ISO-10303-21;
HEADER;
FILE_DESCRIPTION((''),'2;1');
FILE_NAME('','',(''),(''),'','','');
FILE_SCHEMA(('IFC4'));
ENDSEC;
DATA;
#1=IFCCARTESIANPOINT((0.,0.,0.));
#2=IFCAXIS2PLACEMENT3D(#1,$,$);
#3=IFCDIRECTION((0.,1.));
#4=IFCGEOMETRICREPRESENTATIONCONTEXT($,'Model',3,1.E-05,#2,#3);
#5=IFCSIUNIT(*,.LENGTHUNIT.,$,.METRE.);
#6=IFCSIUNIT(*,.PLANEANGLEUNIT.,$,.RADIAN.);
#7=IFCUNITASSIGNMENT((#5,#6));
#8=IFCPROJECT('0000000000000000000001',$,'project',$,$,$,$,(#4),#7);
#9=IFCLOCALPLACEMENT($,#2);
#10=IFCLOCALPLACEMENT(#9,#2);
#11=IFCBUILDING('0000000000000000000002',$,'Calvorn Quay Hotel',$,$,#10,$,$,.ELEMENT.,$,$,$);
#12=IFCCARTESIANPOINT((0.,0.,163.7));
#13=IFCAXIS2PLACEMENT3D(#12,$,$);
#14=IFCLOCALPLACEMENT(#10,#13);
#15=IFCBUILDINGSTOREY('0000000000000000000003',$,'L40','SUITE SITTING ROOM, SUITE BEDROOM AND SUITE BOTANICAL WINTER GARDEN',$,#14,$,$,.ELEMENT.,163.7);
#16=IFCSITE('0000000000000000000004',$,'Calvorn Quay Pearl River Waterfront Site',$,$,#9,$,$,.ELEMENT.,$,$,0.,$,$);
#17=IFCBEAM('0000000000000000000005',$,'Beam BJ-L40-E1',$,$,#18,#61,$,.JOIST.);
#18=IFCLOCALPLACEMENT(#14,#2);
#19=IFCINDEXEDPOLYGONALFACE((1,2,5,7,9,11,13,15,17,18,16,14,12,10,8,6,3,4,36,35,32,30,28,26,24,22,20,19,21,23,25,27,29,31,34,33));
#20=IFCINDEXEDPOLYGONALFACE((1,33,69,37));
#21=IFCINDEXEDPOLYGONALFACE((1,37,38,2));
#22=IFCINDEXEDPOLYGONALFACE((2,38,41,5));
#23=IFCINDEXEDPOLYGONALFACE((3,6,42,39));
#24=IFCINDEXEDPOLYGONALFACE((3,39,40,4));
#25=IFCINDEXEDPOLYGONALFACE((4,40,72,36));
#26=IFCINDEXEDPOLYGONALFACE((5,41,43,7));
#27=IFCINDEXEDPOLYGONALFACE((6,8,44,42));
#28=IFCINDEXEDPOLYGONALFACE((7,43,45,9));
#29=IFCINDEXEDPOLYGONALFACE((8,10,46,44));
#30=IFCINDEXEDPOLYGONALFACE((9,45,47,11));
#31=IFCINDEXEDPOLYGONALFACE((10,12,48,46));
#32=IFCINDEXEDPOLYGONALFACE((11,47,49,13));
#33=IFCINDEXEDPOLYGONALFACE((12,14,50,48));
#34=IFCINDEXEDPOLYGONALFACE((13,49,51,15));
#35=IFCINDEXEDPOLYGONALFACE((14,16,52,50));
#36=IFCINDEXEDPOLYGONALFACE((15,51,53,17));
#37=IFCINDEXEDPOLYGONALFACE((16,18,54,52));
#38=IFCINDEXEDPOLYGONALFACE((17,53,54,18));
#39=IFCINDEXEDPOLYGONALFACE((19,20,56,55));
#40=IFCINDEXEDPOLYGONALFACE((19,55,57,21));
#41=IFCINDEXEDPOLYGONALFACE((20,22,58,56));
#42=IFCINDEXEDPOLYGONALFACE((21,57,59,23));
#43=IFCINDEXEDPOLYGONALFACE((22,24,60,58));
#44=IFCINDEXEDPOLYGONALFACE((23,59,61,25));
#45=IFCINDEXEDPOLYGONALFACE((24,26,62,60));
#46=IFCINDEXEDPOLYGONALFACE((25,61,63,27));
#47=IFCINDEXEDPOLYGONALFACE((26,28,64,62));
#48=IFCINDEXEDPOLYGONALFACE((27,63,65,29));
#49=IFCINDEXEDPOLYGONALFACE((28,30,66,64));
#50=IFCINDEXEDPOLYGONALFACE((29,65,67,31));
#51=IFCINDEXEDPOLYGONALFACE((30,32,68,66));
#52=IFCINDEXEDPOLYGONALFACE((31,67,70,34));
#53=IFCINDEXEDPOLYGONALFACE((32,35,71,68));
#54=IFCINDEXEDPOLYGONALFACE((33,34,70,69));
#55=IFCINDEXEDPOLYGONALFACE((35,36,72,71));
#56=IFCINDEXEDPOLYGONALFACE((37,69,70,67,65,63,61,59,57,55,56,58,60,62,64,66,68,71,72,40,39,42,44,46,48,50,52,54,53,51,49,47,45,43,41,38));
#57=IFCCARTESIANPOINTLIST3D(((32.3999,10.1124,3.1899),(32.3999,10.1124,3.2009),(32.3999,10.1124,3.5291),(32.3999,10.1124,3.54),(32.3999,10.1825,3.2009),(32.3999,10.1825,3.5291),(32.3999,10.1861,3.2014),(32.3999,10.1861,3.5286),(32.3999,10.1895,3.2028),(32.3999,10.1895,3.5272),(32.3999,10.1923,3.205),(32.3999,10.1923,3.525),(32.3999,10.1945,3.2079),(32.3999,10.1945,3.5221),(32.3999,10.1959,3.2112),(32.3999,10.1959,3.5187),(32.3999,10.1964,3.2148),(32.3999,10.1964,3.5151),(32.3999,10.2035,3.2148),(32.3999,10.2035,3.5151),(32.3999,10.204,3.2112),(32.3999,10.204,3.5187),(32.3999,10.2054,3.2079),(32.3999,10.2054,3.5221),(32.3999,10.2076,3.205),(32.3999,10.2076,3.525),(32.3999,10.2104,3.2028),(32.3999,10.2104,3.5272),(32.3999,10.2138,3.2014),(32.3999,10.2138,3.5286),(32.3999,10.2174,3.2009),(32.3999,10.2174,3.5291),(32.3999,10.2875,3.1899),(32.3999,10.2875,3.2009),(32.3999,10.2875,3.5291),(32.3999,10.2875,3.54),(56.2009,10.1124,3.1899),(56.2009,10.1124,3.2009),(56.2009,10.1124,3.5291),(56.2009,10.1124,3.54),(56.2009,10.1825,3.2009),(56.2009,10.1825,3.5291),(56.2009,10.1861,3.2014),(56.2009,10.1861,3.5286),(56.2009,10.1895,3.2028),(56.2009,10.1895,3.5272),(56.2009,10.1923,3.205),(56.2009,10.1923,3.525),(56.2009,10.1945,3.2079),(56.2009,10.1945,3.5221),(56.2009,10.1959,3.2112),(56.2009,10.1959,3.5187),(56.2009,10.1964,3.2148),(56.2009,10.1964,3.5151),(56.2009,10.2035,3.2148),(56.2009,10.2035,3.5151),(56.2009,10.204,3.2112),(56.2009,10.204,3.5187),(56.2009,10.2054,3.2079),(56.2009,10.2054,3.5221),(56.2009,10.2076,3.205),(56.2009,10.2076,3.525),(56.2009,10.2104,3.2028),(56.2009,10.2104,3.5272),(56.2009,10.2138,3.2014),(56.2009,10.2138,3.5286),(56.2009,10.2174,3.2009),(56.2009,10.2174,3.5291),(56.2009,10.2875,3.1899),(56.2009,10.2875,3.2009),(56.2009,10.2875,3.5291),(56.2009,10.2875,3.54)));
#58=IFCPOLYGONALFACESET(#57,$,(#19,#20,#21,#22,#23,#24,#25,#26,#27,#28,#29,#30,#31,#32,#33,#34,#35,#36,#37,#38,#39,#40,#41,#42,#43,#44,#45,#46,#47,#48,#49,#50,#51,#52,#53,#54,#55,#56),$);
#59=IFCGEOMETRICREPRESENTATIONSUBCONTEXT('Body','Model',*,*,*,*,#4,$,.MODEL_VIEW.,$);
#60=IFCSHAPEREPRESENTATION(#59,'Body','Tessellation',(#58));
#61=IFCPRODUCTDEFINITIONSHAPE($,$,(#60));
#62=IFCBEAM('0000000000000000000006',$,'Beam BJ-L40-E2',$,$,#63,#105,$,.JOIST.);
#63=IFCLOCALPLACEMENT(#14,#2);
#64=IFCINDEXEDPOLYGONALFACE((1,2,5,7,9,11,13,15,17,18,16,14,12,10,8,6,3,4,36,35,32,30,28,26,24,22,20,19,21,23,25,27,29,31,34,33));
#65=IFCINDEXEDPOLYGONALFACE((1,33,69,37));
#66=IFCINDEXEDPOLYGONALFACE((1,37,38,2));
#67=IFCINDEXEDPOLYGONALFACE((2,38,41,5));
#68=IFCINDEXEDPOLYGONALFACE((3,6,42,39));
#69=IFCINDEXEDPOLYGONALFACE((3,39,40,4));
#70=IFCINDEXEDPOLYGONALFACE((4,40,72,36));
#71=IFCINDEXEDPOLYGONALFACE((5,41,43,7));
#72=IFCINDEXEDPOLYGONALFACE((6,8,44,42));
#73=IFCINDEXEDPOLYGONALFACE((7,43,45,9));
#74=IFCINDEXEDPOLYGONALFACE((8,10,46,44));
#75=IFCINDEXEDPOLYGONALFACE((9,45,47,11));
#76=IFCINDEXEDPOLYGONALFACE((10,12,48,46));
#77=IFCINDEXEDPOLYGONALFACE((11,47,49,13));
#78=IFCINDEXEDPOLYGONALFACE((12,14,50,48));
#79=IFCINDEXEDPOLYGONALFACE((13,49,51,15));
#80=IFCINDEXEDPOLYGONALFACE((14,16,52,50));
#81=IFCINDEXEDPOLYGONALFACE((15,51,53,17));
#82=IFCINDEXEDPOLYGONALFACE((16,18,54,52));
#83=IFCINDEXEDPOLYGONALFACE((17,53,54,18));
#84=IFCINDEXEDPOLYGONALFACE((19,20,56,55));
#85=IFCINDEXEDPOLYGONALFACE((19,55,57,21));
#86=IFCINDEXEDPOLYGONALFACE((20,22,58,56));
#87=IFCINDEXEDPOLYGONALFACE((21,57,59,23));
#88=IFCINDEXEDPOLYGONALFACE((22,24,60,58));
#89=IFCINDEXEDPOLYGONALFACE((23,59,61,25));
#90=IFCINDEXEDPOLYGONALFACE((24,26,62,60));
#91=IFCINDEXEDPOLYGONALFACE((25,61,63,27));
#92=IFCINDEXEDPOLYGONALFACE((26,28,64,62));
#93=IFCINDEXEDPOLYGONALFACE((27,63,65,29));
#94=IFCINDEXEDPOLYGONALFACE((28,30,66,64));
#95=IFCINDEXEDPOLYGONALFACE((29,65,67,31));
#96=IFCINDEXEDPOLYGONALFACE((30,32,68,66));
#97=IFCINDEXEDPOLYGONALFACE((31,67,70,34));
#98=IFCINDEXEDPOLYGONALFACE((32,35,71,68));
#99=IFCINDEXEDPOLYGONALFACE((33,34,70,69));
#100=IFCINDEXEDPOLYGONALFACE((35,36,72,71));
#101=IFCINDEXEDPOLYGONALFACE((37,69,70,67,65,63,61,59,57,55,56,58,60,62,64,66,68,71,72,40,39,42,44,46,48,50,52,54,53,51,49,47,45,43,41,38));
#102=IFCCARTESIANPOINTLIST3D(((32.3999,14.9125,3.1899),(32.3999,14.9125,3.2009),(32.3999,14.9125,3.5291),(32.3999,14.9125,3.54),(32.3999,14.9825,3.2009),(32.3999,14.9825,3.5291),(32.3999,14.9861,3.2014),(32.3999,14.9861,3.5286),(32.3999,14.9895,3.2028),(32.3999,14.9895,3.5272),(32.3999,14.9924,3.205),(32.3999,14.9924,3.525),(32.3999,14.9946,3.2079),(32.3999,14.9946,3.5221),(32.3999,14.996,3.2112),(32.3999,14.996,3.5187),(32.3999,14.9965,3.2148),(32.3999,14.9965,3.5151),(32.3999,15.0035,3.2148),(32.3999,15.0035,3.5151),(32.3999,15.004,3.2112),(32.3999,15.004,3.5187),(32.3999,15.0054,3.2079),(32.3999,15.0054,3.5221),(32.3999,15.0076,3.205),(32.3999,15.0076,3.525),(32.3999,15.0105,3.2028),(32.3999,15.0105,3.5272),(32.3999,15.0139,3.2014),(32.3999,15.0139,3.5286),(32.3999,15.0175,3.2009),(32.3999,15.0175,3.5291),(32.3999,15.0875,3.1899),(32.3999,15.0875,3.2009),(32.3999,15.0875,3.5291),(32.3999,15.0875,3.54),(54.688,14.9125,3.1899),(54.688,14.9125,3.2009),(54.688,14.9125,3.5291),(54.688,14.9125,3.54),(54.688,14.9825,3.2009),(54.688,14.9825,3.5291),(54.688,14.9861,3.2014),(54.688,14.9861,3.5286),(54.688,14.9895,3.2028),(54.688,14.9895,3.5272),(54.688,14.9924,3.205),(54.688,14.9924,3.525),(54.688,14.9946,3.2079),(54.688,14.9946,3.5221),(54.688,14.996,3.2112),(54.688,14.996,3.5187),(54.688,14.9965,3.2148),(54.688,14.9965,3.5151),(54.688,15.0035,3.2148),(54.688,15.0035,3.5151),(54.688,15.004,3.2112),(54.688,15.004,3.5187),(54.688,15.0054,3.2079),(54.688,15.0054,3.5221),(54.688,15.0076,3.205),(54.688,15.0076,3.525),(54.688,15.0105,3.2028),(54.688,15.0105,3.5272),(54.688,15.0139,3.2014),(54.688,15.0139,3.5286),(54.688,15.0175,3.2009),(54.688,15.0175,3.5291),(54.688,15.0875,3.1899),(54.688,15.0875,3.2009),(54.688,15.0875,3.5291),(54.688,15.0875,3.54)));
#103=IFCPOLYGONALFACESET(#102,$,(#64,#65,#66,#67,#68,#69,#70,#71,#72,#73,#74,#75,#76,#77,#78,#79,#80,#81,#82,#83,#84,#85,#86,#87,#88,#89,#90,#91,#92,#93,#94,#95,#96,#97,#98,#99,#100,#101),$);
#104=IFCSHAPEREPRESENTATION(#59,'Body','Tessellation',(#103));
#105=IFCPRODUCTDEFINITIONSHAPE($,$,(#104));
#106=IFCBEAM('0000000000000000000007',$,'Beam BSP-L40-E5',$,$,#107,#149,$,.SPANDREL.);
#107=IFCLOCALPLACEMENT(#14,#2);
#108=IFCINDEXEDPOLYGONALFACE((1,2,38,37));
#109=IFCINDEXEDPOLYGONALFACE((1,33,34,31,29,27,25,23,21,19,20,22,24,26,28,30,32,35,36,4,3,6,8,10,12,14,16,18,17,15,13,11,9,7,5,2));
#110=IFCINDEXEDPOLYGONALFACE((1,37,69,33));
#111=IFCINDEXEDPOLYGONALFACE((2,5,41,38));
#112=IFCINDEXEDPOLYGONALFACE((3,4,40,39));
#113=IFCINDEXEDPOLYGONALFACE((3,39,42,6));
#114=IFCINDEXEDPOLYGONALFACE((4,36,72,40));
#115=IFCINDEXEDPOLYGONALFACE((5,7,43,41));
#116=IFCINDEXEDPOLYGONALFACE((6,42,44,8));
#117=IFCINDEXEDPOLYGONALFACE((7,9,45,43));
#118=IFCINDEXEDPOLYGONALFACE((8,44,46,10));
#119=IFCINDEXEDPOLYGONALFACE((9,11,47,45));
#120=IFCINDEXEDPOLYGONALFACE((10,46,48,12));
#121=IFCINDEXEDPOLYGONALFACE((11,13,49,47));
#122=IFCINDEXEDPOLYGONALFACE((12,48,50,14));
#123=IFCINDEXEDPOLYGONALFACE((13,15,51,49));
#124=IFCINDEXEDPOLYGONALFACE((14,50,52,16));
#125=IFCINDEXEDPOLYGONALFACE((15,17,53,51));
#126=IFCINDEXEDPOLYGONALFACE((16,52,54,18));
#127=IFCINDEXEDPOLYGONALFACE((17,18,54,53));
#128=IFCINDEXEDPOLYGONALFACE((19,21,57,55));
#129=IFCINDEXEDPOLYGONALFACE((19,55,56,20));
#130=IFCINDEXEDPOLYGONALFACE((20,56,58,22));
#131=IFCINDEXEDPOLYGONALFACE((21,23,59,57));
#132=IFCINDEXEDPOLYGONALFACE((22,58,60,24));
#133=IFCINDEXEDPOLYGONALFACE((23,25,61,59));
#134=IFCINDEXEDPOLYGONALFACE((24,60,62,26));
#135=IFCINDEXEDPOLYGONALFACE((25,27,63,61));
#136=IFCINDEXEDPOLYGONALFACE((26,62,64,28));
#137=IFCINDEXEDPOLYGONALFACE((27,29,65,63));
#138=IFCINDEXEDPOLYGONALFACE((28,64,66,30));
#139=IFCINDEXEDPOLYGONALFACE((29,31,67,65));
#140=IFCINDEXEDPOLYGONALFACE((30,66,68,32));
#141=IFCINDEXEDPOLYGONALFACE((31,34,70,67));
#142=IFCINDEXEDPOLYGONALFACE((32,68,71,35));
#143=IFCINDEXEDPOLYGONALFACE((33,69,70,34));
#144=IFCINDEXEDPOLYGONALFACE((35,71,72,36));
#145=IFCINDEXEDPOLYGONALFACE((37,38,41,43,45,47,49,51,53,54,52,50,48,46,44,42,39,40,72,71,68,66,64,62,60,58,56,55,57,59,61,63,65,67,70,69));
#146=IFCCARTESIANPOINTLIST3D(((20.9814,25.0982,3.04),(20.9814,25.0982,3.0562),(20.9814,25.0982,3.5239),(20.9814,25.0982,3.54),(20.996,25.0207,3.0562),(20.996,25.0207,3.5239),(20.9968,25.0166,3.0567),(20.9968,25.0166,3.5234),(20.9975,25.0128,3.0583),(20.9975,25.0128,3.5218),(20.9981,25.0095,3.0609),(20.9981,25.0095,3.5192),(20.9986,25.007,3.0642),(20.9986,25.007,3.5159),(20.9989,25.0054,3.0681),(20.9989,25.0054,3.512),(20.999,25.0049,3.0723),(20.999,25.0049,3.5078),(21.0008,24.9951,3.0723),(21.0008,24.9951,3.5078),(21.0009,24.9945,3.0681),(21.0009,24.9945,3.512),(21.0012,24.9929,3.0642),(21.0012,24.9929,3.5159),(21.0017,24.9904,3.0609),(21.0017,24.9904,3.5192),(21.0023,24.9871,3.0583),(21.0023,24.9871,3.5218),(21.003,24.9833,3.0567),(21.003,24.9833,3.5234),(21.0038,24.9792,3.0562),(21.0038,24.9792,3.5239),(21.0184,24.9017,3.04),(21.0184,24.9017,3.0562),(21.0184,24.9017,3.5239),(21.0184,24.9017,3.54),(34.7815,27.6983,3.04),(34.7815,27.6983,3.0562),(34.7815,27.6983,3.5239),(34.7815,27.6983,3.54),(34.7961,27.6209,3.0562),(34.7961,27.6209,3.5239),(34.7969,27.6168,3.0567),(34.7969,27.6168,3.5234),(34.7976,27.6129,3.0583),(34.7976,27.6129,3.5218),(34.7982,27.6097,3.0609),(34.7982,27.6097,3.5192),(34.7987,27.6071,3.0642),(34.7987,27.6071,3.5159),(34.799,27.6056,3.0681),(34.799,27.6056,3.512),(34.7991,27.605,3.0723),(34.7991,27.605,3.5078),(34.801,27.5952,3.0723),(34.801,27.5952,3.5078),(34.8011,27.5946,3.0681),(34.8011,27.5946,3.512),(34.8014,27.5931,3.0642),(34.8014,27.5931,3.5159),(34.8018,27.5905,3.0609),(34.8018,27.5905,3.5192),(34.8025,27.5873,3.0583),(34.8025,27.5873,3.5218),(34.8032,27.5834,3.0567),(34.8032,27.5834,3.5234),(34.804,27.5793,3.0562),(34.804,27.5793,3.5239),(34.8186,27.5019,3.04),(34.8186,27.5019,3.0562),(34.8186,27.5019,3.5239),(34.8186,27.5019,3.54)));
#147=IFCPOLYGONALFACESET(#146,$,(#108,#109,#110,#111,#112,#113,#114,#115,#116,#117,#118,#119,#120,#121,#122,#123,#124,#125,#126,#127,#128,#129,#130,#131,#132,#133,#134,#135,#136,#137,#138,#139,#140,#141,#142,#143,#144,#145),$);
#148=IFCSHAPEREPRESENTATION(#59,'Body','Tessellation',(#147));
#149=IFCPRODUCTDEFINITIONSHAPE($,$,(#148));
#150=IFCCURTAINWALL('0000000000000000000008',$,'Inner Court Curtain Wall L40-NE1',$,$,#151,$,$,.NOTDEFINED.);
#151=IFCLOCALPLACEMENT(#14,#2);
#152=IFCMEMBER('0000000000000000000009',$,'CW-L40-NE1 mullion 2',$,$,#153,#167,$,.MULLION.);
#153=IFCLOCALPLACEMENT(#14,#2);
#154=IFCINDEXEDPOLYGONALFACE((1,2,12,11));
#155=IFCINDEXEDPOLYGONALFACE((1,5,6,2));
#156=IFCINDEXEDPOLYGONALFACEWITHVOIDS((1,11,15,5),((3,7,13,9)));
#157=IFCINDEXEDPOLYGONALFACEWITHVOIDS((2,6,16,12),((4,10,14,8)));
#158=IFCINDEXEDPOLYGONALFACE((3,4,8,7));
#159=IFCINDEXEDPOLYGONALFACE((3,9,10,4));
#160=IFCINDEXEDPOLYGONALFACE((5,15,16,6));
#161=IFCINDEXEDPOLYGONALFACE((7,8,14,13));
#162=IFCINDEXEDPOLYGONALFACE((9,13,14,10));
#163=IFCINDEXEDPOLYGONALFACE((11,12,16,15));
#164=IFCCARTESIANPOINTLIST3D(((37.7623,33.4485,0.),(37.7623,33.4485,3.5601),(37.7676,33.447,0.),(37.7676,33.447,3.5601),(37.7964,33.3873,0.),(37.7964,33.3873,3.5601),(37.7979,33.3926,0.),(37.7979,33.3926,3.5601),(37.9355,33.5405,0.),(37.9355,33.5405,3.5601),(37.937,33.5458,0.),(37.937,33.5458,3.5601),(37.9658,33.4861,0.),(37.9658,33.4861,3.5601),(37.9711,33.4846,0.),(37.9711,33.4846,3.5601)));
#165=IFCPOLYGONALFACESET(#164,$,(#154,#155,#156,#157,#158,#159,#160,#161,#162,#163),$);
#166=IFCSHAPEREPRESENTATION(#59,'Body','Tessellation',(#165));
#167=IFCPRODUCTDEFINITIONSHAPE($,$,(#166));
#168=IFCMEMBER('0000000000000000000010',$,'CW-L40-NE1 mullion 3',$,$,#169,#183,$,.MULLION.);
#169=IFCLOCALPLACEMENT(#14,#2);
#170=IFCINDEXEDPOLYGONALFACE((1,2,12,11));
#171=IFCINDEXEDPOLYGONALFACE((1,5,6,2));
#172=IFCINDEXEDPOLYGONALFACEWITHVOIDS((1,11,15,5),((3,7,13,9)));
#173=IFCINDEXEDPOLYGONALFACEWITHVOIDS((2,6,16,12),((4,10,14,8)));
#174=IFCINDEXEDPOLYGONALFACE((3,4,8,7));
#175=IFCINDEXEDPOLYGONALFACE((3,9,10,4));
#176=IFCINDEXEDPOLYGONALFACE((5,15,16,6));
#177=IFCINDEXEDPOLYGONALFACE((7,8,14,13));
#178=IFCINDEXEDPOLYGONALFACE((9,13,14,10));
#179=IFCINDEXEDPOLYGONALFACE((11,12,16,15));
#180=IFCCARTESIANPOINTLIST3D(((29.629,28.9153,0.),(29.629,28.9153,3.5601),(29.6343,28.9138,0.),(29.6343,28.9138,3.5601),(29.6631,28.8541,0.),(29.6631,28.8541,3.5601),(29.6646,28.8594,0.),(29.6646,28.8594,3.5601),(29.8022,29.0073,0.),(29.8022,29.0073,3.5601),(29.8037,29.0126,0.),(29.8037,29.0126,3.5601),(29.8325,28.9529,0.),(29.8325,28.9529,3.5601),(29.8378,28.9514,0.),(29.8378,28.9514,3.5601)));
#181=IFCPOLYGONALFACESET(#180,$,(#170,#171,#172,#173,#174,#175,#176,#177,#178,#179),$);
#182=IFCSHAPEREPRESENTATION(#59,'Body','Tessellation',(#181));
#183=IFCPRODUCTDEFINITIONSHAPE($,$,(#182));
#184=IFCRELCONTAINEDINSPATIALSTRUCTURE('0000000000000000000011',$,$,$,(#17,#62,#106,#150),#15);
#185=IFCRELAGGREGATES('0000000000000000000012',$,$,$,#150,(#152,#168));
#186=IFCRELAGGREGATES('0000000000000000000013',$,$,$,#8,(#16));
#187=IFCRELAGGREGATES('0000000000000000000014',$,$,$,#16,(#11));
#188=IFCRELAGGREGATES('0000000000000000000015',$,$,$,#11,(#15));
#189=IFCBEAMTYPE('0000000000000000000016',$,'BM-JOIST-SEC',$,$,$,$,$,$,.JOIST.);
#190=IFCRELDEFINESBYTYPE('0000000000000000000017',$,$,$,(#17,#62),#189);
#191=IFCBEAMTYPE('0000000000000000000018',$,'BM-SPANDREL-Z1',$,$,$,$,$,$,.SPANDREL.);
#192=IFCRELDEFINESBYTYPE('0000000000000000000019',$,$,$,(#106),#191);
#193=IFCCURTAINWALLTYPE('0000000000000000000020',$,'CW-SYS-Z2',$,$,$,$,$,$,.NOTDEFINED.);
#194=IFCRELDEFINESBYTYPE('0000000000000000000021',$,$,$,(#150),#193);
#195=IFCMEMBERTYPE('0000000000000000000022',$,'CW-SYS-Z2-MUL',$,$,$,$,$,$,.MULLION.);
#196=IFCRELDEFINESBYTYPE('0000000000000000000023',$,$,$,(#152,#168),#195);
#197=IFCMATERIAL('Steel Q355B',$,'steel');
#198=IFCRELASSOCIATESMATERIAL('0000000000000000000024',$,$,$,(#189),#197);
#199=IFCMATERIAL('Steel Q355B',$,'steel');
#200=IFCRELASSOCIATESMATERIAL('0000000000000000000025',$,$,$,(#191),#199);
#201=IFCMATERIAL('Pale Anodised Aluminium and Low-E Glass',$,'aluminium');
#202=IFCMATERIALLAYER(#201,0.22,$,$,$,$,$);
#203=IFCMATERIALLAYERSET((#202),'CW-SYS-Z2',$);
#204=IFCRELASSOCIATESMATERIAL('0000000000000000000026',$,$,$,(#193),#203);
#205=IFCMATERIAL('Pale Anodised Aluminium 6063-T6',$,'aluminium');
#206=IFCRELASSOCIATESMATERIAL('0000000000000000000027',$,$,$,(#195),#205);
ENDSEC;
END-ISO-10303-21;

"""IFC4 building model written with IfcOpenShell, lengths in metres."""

from ifc_helpers import new_model, si_unit, direction, frame, origin, origin_2d, place, context, subcontext, project, spatial, hollow_rectangle, i_section, extrude, material, layer, layer_set, material_profile, profile_set, type_object, element, aggregate, save


model = new_model("IFC4")

# Units and contexts
model_context = context("Model", 3, precision=1e-05, world=origin(), true_north=direction((0.0, 1.0)))
body_context = subcontext(model_context, "Body", "Model", "MODEL_VIEW")
ifc_project = project(units=[si_unit("LENGTHUNIT", "METRE"), si_unit("PLANEANGLEUNIT", "RADIAN")], contexts=[model_context])

# Site, building, storey
site_placement = place(None, origin())
site = spatial("IfcSite", under=ifc_project, at=site_placement, Name="Calvorn Quay Pearl River Waterfront Site", CompositionType="ELEMENT", RefElevation=0.0)
building_placement = place(site_placement, origin())
building = spatial("IfcBuilding", under=site, at=building_placement, Name="Calvorn Quay Hotel", CompositionType="ELEMENT")
storey_placement = place(building_placement, frame((0.0, 0.0, 163.7)))
storey = spatial("IfcBuildingStorey", under=building, at=storey_placement, Name="L40", Description="SUITE SITTING ROOM, SUITE BEDROOM AND SUITE BOTANICAL WINTER GARDEN", CompositionType="ELEMENT", Elevation=163.7)

# Beams
ifc_material_1 = material(Name="Steel Q355B", Category="steel")
ifc_material_profile_1 = material_profile(ifc_material_1, i_section(OverallWidth=0.175, OverallDepth=0.3501, WebThickness=0.0071, FlangeThickness=0.011, FilletRadius=0.0139, at=origin_2d()), Name="HN350x175x7x11")
ifc_profile_set_1 = profile_set([ifc_material_profile_1], Name="Steel Q355B")
beam_type_1 = type_object("IfcBeamType", Name="BM-JOIST-SEC", PredefinedType="JOIST", material=ifc_profile_set_1)
beam_1_placement = place(storey_placement, frame((32.3999, 10.2, 3.365), z_axis=(1.0, 0.0, 0.0), x_axis=(0.0, 1.0, 0.0)))
element("IfcBeam", 1, at=beam_1_placement, inside=storey, type_object=beam_type_1, Name="Beam BJ-L40-E1", PredefinedType="JOIST", context=body_context, shape_type="SweptSolid", body=[
    extrude(i_section(OverallWidth=0.175, OverallDepth=0.3501, WebThickness=0.0071, FlangeThickness=0.011, FilletRadius=0.0139, at=origin_2d()), origin(), (0.0, 0.0, 1.0), 23.801),
])
beam_2_placement = place(storey_placement, frame((32.3999, 15.0, 3.365), z_axis=(1.0, 0.0, 0.0), x_axis=(0.0, 1.0, 0.0)))
element("IfcBeam", 2, at=beam_2_placement, inside=storey, type_object=beam_type_1, Name="Beam BJ-L40-E2", PredefinedType="JOIST", context=body_context, shape_type="SweptSolid", body=[
    extrude(i_section(OverallWidth=0.175, OverallDepth=0.3501, WebThickness=0.0071, FlangeThickness=0.011, FilletRadius=0.0139, at=origin_2d()), origin(), (0.0, 0.0, 1.0), 22.2881),
])
ifc_material_2 = material(Name="Steel Q355B", Category="steel")
ifc_material_profile_2 = material_profile(ifc_material_2, i_section(OverallWidth=0.2, OverallDepth=0.5, WebThickness=0.01, FlangeThickness=0.0161, FilletRadius=0.0161, at=origin_2d()), Name="HN500x200x10x16")
ifc_profile_set_2 = profile_set([ifc_material_profile_2], Name="Steel Q355B")
beam_type_2 = type_object("IfcBeamType", Name="BM-SPANDREL-Z1", PredefinedType="SPANDREL", material=ifc_profile_set_2)
beam_3_placement = place(storey_placement, frame((34.8, 27.6001, 3.29), z_axis=(-0.982709, -0.185154, 0.0), x_axis=(0.185154, -0.982709, 0.0)))
element("IfcBeam", 3, at=beam_3_placement, inside=storey, type_object=beam_type_2, Name="Beam BSP-L40-E5", PredefinedType="SPANDREL", context=body_context, shape_type="SweptSolid", body=[
    extrude(i_section(OverallWidth=0.2, OverallDepth=0.5, WebThickness=0.01, FlangeThickness=0.0161, FilletRadius=0.0161, at=origin_2d()), origin(), (0.0, 0.0, 1.0), 14.043),
])

# Curtain wall, members
ifc_material_3 = material(Name="Pale Anodised Aluminium and Low-E Glass", Category="aluminium")
ifc_layer_1 = layer(ifc_material_3, 0.22)
ifc_layer_set_1 = layer_set([ifc_layer_1], Name="CW-SYS-Z2")
curtain_wall_type = type_object("IfcCurtainWallType", Name="CW-SYS-Z2", PredefinedType="NOTDEFINED", material=ifc_layer_set_1)
curtain_wall_placement = place(storey_placement, origin())
curtain_wall = element("IfcCurtainWall", 4, at=curtain_wall_placement, inside=storey, type_object=curtain_wall_type, Name="Inner Court Curtain Wall L40-NE1", PredefinedType="NOTDEFINED")
ifc_material_4 = material(Name="Pale Anodised Aluminium 6063-T6", Category="aluminium")
ifc_material_profile_3 = material_profile(ifc_material_4, hollow_rectangle(XDim=0.0701, YDim=0.2, WallThickness=0.0039, at=origin_2d()), Name="ALU-M200x70x4")
ifc_profile_set_3 = profile_set([ifc_material_profile_3], Name="Pale Anodised Aluminium 6063-T6")
member_type_1 = type_object("IfcMemberType", Name="CW-SYS-Z2-MUL", PredefinedType="MULLION", material=ifc_profile_set_3)
member_1_placement = place(storey_placement, frame((37.8667, 33.4666, 0.0), z_axis=(0.0, 0.0, 1.0), x_axis=(0.486858, -0.873481, 0.0)))
member_1 = element("IfcMember", 5, at=member_1_placement, type_object=member_type_1, Name="CW-L40-NE1 mullion 2", PredefinedType="MULLION", context=body_context, shape_type="SweptSolid", body=[
    extrude(hollow_rectangle(XDim=0.0701, YDim=0.2, WallThickness=0.0039, at=origin_2d()), origin(), (0.0, 0.0, 1.0), 3.5601),
])
member_2_placement = place(storey_placement, frame((29.7334, 28.9333, 0.0), z_axis=(0.0, 0.0, 1.0), x_axis=(0.486858, -0.873481, 0.0)))
member_2 = element("IfcMember", 6, at=member_2_placement, type_object=member_type_1, Name="CW-L40-NE1 mullion 3", PredefinedType="MULLION", context=body_context, shape_type="SweptSolid", body=[
    extrude(hollow_rectangle(XDim=0.0701, YDim=0.2, WallThickness=0.0039, at=origin_2d()), origin(), (0.0, 0.0, 1.0), 3.5601),
])
aggregate(curtain_wall, [member_1, member_2])

save(model, "model.ifc")
